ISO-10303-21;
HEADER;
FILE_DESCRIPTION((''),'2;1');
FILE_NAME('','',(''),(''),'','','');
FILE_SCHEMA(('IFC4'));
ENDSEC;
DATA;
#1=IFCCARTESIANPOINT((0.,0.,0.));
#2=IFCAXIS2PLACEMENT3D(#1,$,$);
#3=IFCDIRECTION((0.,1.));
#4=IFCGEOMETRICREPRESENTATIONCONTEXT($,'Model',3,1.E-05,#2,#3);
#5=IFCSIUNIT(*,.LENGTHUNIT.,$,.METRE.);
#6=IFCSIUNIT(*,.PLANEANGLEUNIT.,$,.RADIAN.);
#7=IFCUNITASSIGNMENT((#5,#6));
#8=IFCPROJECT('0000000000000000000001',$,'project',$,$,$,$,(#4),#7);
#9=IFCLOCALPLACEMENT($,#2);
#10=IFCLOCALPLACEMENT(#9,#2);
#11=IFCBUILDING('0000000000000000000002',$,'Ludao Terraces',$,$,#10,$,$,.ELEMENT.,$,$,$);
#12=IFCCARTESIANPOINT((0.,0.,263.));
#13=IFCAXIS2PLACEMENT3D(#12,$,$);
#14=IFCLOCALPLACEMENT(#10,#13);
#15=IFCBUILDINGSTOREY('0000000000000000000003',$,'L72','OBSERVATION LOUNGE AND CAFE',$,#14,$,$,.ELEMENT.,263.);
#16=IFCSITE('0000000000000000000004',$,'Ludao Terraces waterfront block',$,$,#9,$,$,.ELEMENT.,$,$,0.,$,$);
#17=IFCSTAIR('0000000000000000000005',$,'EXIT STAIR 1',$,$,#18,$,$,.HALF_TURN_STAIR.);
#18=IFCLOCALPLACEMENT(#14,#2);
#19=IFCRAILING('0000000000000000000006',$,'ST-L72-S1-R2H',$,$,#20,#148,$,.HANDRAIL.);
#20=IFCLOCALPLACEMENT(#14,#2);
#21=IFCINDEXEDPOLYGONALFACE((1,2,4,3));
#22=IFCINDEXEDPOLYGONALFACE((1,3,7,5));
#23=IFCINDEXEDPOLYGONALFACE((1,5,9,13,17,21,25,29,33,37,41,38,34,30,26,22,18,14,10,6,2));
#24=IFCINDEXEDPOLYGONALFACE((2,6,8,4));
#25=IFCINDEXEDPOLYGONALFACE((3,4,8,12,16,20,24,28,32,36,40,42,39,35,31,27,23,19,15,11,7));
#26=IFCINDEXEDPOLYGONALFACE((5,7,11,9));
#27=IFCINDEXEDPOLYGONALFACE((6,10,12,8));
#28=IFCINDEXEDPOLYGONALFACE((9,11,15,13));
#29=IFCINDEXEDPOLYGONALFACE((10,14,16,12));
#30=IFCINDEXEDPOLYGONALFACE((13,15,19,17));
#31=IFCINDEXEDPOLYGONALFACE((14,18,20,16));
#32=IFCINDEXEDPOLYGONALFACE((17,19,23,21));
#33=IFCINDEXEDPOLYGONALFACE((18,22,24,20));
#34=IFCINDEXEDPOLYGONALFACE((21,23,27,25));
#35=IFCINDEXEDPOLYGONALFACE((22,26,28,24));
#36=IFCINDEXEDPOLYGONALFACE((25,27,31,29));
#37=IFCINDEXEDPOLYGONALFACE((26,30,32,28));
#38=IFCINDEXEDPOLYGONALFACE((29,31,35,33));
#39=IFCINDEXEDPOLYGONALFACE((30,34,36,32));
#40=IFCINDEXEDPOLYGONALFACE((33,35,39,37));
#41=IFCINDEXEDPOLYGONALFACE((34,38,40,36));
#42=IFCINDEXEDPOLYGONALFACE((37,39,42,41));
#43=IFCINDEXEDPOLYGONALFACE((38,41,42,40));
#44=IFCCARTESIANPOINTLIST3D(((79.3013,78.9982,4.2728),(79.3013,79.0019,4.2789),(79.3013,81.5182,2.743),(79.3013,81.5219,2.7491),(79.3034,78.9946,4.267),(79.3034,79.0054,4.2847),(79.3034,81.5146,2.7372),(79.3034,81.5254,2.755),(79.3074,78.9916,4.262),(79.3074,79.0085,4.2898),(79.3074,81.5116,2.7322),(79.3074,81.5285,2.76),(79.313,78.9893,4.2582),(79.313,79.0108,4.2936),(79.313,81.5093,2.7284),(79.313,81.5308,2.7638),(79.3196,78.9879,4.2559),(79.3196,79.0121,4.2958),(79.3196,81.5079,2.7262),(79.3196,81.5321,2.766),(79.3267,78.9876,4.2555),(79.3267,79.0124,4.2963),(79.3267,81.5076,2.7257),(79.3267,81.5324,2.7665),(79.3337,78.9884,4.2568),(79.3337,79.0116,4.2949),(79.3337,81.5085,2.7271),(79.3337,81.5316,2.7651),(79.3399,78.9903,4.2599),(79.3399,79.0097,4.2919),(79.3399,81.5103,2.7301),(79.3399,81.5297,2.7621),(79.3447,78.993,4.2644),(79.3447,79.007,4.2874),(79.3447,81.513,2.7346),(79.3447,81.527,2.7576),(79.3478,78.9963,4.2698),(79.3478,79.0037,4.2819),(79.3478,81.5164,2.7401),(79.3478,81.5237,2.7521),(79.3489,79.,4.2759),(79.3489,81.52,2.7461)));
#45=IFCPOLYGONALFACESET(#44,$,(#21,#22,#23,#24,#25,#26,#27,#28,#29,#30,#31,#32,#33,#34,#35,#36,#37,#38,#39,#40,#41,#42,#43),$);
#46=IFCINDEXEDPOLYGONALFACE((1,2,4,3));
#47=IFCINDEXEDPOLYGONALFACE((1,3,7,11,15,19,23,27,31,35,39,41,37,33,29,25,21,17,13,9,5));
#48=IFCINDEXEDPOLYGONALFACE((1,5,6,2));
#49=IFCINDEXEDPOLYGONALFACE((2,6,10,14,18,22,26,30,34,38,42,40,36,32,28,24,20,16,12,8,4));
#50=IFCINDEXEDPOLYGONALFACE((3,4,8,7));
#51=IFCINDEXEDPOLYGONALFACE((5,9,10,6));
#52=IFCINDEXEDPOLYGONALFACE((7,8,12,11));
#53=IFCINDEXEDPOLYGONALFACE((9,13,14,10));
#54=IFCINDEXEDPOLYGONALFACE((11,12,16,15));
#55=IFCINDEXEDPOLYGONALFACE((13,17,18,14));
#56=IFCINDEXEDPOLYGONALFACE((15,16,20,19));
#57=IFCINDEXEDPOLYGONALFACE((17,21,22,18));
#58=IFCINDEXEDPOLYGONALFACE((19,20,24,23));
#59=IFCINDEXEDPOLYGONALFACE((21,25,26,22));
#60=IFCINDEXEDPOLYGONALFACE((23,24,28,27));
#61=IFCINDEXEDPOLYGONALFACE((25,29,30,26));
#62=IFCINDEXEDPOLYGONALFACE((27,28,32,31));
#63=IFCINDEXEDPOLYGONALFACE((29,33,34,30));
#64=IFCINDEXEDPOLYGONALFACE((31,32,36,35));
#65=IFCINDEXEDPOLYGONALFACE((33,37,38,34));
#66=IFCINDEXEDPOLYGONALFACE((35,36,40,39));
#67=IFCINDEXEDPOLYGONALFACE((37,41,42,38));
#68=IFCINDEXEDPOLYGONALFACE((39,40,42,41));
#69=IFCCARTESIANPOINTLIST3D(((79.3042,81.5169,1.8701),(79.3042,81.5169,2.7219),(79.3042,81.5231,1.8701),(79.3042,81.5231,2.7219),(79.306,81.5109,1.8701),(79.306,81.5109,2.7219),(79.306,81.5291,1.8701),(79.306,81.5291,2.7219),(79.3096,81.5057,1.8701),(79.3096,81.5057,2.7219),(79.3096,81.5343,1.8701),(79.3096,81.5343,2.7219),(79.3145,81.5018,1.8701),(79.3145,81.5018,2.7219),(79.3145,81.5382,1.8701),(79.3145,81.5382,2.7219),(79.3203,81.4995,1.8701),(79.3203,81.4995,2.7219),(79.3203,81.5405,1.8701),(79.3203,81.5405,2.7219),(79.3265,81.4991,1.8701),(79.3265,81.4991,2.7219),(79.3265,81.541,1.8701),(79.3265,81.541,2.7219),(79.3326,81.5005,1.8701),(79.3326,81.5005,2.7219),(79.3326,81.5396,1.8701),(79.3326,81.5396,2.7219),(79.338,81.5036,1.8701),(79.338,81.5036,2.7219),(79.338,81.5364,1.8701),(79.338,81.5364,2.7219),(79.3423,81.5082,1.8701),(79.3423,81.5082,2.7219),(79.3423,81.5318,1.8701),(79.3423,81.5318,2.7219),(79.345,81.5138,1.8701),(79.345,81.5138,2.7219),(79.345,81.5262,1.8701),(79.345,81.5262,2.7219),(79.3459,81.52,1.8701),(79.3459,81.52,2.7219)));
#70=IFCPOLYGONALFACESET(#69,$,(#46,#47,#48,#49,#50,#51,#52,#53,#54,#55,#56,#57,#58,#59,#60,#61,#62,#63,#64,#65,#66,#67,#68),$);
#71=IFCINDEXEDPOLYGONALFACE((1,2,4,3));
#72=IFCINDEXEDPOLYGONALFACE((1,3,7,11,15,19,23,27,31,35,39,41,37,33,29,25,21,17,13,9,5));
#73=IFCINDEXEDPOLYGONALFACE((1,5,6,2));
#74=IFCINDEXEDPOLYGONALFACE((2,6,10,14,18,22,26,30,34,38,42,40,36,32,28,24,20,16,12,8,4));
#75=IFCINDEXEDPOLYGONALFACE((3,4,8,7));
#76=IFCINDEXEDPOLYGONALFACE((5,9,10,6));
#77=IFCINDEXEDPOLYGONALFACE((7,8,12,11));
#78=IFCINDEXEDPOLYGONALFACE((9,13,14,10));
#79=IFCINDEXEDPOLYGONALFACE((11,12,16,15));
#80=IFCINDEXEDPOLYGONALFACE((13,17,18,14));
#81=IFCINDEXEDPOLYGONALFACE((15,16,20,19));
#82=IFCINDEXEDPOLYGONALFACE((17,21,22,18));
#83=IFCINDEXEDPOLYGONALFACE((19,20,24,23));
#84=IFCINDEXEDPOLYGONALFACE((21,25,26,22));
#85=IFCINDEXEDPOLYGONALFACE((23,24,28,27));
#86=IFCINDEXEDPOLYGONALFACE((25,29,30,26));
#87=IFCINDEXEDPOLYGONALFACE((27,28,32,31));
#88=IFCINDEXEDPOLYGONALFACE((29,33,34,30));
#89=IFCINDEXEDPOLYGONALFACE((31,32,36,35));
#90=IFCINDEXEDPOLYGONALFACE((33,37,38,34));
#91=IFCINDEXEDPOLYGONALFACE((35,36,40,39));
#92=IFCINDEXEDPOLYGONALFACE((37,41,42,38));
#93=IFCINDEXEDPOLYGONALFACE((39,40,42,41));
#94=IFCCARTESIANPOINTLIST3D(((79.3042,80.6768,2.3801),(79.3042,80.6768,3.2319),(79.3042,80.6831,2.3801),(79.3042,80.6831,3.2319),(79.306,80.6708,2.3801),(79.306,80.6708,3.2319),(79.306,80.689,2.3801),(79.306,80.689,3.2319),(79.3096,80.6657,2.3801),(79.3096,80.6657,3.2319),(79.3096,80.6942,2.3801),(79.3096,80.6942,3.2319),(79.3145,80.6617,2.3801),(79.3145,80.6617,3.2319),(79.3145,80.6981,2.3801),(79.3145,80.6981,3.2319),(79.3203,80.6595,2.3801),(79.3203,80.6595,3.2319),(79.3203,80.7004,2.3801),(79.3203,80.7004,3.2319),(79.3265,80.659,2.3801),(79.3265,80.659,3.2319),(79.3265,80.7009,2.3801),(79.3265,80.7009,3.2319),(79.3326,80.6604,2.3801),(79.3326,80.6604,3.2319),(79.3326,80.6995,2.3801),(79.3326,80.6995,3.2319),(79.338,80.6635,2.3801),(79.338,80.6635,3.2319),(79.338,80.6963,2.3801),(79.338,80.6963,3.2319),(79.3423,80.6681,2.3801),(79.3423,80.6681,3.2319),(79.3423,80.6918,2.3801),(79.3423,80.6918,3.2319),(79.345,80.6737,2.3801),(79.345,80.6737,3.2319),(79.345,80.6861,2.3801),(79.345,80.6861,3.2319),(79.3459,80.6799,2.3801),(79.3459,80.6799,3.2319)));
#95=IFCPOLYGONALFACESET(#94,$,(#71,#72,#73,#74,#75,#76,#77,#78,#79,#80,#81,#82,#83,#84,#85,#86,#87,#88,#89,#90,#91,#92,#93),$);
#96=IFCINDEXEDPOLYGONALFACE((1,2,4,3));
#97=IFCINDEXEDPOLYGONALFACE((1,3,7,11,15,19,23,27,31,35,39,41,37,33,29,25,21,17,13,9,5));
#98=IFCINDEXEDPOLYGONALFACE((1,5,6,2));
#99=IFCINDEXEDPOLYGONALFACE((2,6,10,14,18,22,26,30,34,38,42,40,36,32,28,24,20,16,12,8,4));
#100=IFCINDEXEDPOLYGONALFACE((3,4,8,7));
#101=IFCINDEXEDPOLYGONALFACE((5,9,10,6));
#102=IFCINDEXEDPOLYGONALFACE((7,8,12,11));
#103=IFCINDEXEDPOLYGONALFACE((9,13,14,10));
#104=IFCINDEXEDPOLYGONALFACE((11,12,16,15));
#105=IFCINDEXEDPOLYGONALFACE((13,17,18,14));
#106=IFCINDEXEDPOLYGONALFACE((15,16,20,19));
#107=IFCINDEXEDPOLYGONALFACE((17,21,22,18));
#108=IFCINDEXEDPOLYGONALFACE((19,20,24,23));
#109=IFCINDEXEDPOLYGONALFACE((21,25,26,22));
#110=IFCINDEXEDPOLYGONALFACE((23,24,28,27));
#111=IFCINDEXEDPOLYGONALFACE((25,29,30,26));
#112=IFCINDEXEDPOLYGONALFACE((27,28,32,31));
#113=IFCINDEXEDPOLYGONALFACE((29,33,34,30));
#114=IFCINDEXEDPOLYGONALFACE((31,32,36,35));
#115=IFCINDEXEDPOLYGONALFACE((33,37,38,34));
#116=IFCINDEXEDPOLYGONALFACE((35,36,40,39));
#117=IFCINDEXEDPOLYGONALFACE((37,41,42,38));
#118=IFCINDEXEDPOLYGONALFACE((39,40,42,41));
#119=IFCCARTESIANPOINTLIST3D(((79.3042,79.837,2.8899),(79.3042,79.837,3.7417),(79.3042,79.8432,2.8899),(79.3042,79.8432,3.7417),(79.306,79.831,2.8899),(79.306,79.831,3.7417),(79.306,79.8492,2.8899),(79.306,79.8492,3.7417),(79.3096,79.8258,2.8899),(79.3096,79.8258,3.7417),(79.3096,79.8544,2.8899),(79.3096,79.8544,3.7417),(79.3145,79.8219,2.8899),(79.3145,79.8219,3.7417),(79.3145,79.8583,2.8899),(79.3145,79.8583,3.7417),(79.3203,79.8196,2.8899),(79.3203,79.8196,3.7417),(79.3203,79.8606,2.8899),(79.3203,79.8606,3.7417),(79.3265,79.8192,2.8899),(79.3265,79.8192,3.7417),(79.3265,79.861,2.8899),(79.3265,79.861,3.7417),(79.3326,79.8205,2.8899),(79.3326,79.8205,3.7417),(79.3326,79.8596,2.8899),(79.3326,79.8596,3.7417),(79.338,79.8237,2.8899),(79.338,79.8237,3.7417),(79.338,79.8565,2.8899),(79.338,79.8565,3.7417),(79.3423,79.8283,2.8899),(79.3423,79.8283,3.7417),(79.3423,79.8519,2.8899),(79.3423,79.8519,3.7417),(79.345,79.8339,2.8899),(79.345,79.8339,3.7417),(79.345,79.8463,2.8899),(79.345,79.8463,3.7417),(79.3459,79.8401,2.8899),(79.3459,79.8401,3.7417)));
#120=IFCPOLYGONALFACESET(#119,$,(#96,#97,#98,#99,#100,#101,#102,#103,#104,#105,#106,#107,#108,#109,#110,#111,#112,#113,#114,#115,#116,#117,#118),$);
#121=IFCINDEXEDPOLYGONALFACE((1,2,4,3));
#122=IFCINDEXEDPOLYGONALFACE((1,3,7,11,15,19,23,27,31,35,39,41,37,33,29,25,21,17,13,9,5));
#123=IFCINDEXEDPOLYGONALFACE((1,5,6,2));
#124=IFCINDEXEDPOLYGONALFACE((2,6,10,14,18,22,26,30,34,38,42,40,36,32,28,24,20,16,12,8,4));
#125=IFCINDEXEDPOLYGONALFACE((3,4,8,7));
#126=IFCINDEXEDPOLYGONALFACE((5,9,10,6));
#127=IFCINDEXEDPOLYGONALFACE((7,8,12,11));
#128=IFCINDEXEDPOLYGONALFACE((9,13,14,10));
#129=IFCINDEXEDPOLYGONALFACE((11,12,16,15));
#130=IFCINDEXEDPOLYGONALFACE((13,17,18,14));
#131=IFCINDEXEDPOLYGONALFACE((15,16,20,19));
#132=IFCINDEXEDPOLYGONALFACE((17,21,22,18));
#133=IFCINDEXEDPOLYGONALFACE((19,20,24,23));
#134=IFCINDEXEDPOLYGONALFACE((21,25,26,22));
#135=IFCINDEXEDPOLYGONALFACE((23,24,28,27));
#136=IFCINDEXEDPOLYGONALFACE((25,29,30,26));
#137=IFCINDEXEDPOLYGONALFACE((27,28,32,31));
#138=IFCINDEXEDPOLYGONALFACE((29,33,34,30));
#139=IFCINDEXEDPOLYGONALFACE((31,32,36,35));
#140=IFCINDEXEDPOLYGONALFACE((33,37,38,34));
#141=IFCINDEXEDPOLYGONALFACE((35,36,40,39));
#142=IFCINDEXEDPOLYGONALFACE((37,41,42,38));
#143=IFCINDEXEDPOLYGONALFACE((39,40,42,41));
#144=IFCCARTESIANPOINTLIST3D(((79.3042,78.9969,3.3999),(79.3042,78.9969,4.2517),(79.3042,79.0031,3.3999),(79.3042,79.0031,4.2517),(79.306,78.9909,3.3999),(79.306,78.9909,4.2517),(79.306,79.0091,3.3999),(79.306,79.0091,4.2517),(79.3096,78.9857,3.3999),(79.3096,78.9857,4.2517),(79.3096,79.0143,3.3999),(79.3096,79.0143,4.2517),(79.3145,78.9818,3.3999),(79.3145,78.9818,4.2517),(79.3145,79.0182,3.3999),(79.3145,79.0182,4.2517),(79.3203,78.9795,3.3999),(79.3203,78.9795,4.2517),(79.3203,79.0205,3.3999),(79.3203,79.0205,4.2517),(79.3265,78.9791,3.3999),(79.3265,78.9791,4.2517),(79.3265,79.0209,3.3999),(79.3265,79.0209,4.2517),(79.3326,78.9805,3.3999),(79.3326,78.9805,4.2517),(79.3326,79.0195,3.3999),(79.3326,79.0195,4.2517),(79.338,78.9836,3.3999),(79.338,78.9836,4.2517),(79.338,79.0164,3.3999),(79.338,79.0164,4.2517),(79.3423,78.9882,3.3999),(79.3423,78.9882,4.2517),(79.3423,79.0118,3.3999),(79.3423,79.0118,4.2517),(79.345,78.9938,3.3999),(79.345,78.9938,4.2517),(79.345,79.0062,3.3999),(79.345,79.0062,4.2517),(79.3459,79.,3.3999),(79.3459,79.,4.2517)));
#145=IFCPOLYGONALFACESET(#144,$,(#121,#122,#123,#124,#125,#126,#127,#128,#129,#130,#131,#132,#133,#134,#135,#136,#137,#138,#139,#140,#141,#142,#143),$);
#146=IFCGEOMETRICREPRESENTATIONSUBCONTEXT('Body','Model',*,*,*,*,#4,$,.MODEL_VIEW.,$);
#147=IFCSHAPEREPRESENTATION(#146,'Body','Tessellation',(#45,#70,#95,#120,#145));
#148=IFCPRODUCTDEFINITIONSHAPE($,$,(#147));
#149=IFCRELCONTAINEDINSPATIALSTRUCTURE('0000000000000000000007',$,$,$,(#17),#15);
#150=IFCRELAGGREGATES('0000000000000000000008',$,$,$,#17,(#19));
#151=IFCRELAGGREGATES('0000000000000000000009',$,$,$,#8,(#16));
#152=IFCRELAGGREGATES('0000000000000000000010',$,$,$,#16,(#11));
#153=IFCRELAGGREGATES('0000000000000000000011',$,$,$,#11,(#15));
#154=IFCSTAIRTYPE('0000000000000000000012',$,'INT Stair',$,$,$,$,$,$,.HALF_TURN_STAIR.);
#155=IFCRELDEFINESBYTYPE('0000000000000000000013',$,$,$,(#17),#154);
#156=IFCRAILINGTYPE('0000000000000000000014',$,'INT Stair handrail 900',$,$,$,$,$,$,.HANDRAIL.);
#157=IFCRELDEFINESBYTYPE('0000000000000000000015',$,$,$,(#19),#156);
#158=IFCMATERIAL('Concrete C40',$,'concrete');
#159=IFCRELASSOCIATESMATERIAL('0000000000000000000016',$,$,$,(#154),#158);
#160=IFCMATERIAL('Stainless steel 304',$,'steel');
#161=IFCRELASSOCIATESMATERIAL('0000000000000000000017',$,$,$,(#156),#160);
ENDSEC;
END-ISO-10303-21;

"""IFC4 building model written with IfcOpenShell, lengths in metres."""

from ifc_helpers import new_model, si_unit, direction, frame, origin, origin_2d, place, context, subcontext, project, spatial, circle, extrude, material, type_object, element, aggregate, save


model = new_model("IFC4")

# Units and contexts
model_context = context("Model", 3, precision=1e-05, world=origin(), true_north=direction((0.0, 1.0)))
body_context = subcontext(model_context, "Body", "Model", "MODEL_VIEW")
ifc_project = project(units=[si_unit("LENGTHUNIT", "METRE"), si_unit("PLANEANGLEUNIT", "RADIAN")], contexts=[model_context])

# Site, building, storey
site_placement = place(None, origin())
site = spatial("IfcSite", under=ifc_project, at=site_placement, Name="Ludao Terraces waterfront block", CompositionType="ELEMENT", RefElevation=0.0)
building_placement = place(site_placement, origin())
building = spatial("IfcBuilding", under=site, at=building_placement, Name="Ludao Terraces", CompositionType="ELEMENT")
storey_placement = place(building_placement, frame((0.0, 0.0, 263.0)))
storey = spatial("IfcBuildingStorey", under=building, at=storey_placement, Name="L72", Description="OBSERVATION LOUNGE AND CAFE", CompositionType="ELEMENT", Elevation=263.0)

# Shared definitions
ifc_material_1 = material(Name="Stainless steel 304", Category="steel")

# Stair, railing
ifc_material_2 = material(Name="Concrete C40", Category="concrete")
stair_type = type_object("IfcStairType", Name="INT Stair", PredefinedType="HALF_TURN_STAIR", material=ifc_material_2)
stair_placement = place(storey_placement, origin())
stair = element("IfcStair", 1, at=stair_placement, inside=storey, type_object=stair_type, Name="EXIT STAIR 1", PredefinedType="HALF_TURN_STAIR")
railing_type_1 = type_object("IfcRailingType", Name="INT Stair handrail 900", PredefinedType="HANDRAIL", material=ifc_material_1)
railing_1_placement = place(storey_placement, frame((79.325, 81.52, 1.8701)))
railing_1 = element("IfcRailing", 2, at=railing_1_placement, type_object=railing_type_1, Name="ST-L72-S1-R2H", PredefinedType="HANDRAIL", context=body_context, shape_type="SweptSolid", body=[
    extrude(circle(Radius=0.0239, at=origin_2d()), frame((0.0, 0.0, 0.876), z_axis=(0.0, -0.854822, 0.518922), x_axis=(1.0, 0.0, 0.0)), (0.0, 0.0, 1.0), 2.948),
    extrude(circle(Radius=0.021, at=origin_2d()), origin(), (0.0, 0.0, 1.0), 0.8518),
    extrude(circle(Radius=0.021, at=origin_2d()), frame((0.0, -0.8401, 0.51)), (0.0, 0.0, 1.0), 0.8518),
    extrude(circle(Radius=0.021, at=origin_2d()), frame((0.0, -1.6799, 1.0198)), (0.0, 0.0, 1.0), 0.8518),
    extrude(circle(Radius=0.021, at=origin_2d()), frame((0.0, -2.52, 1.5298)), (0.0, 0.0, 1.0), 0.8518),
])
aggregate(stair, [railing_1])

save(model, "model.ifc")
